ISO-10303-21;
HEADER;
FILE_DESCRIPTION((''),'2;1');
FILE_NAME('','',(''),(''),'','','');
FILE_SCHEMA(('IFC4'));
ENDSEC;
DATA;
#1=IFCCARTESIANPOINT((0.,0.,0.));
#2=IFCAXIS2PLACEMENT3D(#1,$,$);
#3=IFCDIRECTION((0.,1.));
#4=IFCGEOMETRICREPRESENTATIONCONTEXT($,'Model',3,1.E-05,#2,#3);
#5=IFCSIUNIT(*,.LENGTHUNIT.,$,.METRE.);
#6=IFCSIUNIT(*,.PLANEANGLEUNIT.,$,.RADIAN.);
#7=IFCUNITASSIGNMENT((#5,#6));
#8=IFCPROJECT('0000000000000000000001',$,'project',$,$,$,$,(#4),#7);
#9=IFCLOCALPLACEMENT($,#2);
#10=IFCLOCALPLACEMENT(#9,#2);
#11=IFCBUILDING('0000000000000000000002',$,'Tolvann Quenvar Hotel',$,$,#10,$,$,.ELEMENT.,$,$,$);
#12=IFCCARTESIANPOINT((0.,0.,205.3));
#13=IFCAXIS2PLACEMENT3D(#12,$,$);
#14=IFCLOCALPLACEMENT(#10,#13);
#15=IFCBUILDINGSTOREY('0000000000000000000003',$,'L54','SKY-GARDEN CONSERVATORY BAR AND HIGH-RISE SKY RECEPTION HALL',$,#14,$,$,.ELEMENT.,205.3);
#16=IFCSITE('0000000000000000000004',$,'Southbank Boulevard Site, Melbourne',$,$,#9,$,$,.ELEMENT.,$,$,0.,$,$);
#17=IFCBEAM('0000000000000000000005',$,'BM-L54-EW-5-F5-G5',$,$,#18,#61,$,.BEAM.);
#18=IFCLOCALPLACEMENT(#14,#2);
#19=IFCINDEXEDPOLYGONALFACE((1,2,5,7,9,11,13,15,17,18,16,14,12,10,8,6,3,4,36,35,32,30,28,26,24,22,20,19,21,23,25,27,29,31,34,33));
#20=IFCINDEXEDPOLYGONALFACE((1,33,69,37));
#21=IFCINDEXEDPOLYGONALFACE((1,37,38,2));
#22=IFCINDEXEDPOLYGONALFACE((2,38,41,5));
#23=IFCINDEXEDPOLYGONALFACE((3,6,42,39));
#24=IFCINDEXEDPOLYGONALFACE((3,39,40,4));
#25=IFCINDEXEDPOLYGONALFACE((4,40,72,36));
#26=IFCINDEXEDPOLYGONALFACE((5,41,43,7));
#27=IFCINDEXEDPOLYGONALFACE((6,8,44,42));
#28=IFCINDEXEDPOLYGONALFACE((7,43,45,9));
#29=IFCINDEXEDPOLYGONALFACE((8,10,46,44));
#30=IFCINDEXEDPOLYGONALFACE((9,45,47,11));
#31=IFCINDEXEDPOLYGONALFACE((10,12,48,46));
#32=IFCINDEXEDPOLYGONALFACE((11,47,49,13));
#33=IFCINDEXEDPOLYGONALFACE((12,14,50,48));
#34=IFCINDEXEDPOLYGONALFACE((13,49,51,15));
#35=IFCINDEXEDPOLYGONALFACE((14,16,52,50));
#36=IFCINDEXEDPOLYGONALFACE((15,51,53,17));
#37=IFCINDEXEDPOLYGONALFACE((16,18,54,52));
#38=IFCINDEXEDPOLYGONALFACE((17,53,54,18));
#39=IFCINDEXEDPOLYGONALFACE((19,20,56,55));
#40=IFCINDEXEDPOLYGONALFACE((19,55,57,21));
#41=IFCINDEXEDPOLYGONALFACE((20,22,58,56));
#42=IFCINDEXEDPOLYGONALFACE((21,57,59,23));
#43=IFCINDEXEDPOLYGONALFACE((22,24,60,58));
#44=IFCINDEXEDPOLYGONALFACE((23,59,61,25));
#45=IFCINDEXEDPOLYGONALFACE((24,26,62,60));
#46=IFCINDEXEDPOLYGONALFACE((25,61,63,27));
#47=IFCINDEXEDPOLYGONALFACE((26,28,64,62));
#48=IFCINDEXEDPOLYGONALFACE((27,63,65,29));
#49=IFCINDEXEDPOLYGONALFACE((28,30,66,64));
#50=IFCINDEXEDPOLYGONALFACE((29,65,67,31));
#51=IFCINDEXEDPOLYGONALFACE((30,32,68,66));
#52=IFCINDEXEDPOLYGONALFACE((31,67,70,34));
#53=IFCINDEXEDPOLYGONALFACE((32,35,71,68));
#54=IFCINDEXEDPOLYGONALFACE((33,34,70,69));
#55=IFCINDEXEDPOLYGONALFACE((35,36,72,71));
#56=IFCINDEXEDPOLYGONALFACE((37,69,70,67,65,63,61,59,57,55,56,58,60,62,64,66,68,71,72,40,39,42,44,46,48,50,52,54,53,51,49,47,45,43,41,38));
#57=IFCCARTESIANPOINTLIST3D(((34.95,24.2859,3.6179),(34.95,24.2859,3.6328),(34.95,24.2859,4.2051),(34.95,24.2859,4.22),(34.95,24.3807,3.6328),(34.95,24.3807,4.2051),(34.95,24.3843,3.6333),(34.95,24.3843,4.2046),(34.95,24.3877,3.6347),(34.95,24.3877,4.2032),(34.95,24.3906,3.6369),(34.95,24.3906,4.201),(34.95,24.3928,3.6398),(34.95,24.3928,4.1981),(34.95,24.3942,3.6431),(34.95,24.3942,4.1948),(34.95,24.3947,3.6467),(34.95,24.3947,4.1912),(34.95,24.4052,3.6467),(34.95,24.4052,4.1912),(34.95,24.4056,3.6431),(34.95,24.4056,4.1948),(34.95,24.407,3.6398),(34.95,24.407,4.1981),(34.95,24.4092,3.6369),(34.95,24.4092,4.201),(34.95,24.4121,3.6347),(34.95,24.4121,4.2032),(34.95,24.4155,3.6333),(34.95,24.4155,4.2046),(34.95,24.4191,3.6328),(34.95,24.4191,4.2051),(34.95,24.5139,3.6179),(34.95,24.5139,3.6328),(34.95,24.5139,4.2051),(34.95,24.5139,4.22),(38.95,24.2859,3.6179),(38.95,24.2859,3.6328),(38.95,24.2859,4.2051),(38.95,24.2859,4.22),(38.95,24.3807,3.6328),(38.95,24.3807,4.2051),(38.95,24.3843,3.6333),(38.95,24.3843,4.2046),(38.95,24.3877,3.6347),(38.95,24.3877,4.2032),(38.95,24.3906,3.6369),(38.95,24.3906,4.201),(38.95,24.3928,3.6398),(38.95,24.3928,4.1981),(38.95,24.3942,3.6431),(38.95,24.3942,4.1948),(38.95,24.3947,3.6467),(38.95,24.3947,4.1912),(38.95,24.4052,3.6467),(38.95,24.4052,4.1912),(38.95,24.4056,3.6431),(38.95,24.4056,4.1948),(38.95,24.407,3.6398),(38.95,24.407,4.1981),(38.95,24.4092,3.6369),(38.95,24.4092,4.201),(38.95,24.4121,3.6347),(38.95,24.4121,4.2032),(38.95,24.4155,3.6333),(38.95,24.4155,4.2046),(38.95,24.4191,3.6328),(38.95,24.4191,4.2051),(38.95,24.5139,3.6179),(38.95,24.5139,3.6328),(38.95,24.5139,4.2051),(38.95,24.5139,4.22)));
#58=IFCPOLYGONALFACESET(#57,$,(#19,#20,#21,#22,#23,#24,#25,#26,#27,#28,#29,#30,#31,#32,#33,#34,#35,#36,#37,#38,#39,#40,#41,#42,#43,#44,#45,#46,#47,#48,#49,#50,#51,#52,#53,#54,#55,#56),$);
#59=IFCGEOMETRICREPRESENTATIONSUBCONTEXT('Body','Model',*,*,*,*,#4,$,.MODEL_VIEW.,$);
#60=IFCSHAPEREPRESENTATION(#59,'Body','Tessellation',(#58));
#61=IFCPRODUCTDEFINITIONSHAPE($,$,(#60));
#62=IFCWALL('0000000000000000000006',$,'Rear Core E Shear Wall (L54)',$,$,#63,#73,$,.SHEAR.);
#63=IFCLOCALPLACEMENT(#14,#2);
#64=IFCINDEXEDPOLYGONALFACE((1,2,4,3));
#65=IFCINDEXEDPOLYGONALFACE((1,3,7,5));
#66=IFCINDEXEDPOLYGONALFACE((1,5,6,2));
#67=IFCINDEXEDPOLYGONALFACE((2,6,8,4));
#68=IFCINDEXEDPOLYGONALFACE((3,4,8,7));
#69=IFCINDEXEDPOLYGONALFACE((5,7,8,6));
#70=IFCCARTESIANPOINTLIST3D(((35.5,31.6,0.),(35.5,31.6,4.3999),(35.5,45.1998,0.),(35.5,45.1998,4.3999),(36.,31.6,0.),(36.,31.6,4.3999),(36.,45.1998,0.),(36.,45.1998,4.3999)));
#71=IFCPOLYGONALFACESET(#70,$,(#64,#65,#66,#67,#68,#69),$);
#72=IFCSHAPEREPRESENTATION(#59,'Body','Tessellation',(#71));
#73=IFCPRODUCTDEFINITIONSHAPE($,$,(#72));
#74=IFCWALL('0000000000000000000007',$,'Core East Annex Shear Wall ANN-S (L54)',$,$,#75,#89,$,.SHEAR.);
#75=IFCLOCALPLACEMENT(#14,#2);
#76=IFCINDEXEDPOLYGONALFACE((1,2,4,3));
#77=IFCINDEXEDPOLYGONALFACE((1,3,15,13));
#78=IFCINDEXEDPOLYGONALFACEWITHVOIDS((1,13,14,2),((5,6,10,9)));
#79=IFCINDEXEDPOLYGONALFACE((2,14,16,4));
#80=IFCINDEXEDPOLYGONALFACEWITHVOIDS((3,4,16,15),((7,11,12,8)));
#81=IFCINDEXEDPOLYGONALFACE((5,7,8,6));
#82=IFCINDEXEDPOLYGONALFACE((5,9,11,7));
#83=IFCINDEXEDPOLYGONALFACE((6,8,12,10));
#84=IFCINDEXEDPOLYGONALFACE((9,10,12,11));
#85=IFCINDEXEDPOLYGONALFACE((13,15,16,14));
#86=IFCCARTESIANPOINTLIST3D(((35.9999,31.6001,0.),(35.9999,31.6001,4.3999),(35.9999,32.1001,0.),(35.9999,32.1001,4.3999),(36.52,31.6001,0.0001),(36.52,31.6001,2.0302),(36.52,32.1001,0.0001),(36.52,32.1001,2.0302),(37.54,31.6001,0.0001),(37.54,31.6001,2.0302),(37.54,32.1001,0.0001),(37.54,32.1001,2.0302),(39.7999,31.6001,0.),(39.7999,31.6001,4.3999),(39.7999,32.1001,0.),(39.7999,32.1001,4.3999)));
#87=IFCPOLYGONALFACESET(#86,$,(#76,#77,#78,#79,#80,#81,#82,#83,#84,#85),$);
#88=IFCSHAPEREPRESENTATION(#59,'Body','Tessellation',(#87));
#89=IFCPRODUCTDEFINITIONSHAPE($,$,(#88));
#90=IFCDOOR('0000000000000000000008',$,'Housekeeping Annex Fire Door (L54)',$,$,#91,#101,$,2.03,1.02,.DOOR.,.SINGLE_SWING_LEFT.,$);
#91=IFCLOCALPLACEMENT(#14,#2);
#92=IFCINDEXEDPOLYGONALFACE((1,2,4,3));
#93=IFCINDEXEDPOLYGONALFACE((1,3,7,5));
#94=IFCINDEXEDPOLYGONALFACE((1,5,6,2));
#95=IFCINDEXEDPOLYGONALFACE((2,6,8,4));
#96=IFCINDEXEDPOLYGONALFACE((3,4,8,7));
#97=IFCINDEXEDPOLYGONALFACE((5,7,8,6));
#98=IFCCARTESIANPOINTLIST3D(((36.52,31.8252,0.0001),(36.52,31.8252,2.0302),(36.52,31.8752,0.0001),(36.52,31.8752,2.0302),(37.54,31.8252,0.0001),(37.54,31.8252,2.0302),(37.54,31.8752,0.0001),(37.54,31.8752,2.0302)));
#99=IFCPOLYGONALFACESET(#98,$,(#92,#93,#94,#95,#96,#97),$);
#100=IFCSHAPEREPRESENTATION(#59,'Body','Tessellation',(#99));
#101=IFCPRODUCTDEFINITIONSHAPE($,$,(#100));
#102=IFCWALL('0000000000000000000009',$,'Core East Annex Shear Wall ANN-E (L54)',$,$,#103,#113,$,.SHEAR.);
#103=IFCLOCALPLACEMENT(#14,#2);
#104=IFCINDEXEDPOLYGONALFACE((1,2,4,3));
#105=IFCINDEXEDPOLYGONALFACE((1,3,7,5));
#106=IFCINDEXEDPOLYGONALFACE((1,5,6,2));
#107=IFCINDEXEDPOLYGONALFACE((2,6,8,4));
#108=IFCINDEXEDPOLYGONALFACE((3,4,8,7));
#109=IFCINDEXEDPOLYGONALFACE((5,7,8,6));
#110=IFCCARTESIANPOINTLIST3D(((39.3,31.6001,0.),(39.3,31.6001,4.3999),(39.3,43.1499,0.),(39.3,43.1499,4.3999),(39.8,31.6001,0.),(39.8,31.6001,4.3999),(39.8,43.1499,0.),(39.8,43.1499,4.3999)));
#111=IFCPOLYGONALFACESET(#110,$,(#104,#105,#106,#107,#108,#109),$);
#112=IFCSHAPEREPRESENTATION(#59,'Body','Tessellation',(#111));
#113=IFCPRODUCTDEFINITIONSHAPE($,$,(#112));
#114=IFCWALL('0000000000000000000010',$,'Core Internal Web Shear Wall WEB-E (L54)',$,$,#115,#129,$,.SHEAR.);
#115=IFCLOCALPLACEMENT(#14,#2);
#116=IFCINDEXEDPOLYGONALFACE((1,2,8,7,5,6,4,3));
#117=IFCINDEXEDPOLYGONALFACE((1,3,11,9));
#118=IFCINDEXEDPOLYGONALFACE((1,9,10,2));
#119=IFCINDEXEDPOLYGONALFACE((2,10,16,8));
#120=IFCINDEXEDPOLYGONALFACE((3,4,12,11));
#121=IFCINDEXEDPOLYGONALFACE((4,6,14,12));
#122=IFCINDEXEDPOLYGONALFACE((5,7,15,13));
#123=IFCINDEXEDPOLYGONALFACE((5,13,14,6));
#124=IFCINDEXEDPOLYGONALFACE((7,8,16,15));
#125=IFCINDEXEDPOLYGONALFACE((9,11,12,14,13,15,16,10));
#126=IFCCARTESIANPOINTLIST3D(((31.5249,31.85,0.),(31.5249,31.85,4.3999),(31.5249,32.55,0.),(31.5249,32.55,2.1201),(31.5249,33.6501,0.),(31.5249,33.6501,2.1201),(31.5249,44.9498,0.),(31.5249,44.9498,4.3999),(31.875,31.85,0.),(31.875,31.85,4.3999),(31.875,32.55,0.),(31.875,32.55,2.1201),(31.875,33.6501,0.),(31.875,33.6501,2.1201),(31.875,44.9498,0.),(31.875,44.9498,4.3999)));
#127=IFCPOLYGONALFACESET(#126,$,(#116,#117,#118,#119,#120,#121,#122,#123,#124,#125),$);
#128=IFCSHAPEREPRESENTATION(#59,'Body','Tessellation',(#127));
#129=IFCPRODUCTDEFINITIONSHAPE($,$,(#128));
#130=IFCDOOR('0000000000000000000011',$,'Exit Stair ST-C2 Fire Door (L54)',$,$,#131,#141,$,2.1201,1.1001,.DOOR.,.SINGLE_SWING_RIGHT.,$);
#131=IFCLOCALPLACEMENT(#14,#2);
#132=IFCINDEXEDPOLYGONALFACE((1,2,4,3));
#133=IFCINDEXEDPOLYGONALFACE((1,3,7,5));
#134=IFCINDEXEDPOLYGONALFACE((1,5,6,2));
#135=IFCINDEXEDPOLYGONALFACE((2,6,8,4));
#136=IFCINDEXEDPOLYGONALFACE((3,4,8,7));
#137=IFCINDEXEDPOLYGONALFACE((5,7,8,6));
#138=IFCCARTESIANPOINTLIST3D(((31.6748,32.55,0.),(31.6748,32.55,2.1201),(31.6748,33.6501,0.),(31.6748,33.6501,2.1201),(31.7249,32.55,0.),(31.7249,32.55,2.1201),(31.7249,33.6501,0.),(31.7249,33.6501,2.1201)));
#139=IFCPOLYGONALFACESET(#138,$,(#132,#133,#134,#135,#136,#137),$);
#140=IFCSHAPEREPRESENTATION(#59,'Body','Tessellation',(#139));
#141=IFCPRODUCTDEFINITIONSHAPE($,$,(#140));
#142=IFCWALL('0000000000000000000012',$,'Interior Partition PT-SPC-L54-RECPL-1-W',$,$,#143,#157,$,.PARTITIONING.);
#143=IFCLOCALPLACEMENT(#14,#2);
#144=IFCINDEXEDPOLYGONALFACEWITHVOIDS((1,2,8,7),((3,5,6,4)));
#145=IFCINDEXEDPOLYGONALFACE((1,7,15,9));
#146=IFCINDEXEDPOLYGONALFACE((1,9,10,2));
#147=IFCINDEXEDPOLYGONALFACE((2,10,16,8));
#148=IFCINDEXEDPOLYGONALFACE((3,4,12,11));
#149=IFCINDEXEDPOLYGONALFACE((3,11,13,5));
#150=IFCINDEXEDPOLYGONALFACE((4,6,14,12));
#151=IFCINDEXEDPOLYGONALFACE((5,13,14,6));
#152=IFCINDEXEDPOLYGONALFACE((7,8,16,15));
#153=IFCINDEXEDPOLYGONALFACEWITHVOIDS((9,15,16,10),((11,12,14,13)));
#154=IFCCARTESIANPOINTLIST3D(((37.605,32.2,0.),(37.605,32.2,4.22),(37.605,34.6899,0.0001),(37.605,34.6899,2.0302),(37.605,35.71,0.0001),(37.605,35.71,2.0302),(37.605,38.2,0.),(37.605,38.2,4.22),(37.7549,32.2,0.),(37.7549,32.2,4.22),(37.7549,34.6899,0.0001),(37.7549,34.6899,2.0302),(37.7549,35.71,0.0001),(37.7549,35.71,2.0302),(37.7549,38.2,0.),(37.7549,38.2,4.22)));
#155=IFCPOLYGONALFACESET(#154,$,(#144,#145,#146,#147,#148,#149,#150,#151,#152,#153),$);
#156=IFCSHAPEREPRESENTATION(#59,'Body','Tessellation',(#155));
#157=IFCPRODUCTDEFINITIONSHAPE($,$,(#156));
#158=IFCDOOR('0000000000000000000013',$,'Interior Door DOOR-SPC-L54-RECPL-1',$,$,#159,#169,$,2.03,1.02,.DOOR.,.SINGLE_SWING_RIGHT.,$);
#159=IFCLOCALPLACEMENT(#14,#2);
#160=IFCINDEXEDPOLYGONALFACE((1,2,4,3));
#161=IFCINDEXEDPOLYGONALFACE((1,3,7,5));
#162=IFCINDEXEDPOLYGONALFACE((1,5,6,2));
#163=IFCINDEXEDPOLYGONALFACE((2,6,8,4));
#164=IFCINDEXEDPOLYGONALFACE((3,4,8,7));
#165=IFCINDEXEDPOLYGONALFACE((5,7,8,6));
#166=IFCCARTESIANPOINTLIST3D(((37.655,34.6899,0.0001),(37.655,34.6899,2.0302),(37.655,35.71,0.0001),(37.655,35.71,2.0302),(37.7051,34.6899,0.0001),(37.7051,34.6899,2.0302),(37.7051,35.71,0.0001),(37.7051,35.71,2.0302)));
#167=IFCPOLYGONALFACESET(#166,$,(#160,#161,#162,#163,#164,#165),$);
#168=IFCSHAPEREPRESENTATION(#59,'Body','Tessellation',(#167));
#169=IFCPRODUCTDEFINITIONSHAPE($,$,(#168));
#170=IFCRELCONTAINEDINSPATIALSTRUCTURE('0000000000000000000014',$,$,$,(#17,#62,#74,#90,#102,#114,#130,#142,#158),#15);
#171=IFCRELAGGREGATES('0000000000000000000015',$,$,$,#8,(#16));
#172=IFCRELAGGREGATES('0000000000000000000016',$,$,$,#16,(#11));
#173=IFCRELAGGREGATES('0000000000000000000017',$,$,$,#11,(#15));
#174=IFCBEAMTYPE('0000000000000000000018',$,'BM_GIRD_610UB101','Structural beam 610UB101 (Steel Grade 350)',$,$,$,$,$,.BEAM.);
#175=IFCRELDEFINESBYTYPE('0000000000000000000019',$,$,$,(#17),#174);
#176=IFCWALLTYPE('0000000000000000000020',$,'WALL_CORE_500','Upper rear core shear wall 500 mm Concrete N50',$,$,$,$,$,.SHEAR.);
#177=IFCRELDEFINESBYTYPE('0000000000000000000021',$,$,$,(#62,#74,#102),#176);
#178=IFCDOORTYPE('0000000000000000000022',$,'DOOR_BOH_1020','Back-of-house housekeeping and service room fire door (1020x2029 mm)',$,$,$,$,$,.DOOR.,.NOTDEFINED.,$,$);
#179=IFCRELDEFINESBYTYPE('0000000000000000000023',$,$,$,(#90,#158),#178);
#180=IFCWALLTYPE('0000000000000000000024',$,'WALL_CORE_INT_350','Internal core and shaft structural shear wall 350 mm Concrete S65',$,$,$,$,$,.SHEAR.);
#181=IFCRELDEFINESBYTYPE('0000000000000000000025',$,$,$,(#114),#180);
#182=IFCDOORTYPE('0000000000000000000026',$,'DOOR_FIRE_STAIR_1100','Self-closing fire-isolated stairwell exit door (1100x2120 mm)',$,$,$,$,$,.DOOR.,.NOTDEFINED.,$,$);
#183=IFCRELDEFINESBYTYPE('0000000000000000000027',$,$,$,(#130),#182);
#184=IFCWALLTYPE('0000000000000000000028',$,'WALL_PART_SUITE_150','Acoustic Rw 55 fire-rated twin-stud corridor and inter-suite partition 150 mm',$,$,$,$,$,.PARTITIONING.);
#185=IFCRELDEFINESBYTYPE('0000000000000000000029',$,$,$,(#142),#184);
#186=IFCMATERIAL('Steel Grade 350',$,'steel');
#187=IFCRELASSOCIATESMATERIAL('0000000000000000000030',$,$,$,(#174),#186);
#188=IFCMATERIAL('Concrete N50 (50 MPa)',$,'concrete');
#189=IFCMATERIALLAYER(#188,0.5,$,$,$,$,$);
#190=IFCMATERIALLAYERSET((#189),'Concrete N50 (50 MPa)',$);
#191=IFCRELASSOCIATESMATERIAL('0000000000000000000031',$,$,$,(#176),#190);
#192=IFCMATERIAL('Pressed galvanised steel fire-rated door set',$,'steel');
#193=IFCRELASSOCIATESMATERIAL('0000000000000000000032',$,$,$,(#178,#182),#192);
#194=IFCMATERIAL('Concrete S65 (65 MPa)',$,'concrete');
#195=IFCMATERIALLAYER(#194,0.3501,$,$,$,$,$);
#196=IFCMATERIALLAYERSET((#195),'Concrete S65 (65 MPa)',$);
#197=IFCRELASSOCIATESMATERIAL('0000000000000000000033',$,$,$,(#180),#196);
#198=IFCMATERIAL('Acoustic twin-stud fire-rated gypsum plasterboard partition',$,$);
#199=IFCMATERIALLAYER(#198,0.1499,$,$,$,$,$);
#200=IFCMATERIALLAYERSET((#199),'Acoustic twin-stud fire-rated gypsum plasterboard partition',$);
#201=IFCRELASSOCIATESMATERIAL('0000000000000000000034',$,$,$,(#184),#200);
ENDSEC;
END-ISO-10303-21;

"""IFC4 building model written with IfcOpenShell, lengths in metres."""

from ifc_helpers import new_model, si_unit, direction, frame, frame_2d, origin, origin_2d, place, context, subcontext, project, spatial, rectangle, i_section, extrude, source, transform, mapped, material, layer, layer_set, material_profile, profile_set, type_object, type_shapes, element, fill, save


model = new_model("IFC4")

# Units and contexts
model_context = context("Model", 3, precision=1e-05, world=origin(), true_north=direction((0.0, 1.0)))
body_context = subcontext(model_context, "Body", "Model", "MODEL_VIEW")
ifc_project = project(units=[si_unit("LENGTHUNIT", "METRE"), si_unit("PLANEANGLEUNIT", "RADIAN")], contexts=[model_context])

# Site, building, storey
site_placement = place(None, origin())
site = spatial("IfcSite", under=ifc_project, at=site_placement, Name="Southbank Boulevard Site, Melbourne", CompositionType="ELEMENT", RefElevation=0.0)
building_placement = place(site_placement, origin())
building = spatial("IfcBuilding", under=site, at=building_placement, Name="Tolvann Quenvar Hotel", CompositionType="ELEMENT")
storey_placement = place(building_placement, frame((0.0, 0.0, 205.3)))
storey = spatial("IfcBuildingStorey", under=building, at=storey_placement, Name="L54", Description="SKY-GARDEN CONSERVATORY BAR AND HIGH-RISE SKY RECEPTION HALL", CompositionType="ELEMENT", Elevation=205.3)

# Beam
ifc_material_1 = material(Name="Steel Grade 350", Category="steel")
ifc_material_profile_1 = material_profile(ifc_material_1, i_section(OverallWidth=0.228, OverallDepth=0.6021, WebThickness=0.0105, FlangeThickness=0.0149, FilletRadius=0.0139, at=origin_2d()), Name="610UB101")
ifc_profile_set_1 = profile_set([ifc_material_profile_1], Name="Steel Grade 350")
beam_type_1 = type_object("IfcBeamType", Name="BM_GIRD_610UB101", Description="Structural beam 610UB101 (Steel Grade 350)", PredefinedType="BEAM", material=ifc_profile_set_1)
shared_shape_1 = source(origin(), body_context, "Body", "SweptSolid", [
    extrude(i_section(OverallWidth=0.228, OverallDepth=0.6021, WebThickness=0.0105, FlangeThickness=0.0149, FilletRadius=0.0139, at=origin_2d()), origin(), (0.0, 0.0, 1.0), 4.0),
])
beam_1_placement = place(storey_placement, frame((34.95, 24.3999, 3.9189), z_axis=(1.0, 0.0, 0.0), x_axis=(0.0, 1.0, 0.0)))
element("IfcBeam", 1, at=beam_1_placement, inside=storey, type_object=beam_type_1, Name="BM-L54-EW-5-F5-G5", PredefinedType="BEAM", context=body_context, shape_type="MappedRepresentation", body=[
    mapped(shared_shape_1, transform((0.0, 0.0, 0.0), x_axis=(1.0, 0.0, 0.0), y_axis=(0.0, 1.0, 0.0), z_axis=(0.0, 0.0, 1.0), scale=1.0)),
])

# Wall
ifc_material_2 = material(Name="Concrete N50 (50 MPa)", Category="concrete")
ifc_layer_1 = layer(ifc_material_2, 0.5)
ifc_layer_set_1 = layer_set([ifc_layer_1], Name="Concrete N50 (50 MPa)")
wall_type_1 = type_object("IfcWallType", Name="WALL_CORE_500", Description="Upper rear core shear wall 500 mm Concrete N50", PredefinedType="SHEAR", material=ifc_layer_set_1)
wall_1_placement = place(storey_placement, frame((35.75, 31.6001, 0.0), z_axis=(0.0, 0.0, 1.0), x_axis=(0.0, 1.0, 0.0)))
element("IfcWall", 2, at=wall_1_placement, inside=storey, type_object=wall_type_1, Name="Rear Core E Shear Wall (L54)", PredefinedType="SHEAR", context=body_context, shape_type="SweptSolid", body=[
    extrude(rectangle(XDim=13.5999, YDim=0.5, at=frame_2d((6.7998, 0.0))), origin(), (0.0, 0.0, 1.0), 4.3999),
])

# Wall, opening, door
wall_2_placement = place(storey_placement, frame((36.0, 31.8501, 0.0), z_axis=(0.0, 0.0, 1.0), x_axis=(1.0, 0.0, 0.0)))
wall_2 = element("IfcWall", 3, at=wall_2_placement, inside=storey, type_object=wall_type_1, Name="Core East Annex Shear Wall ANN-S (L54)", PredefinedType="SHEAR", context=body_context, shape_type="SweptSolid", body=[
    extrude(rectangle(XDim=3.8, YDim=0.5, at=frame_2d((1.8999, 0.0))), origin(), (0.0, 0.0, 1.0), 4.3999),
])
opening_1_placement = place(wall_2_placement, frame((1.54, 0.0, 0.0), z_axis=(0.0, 0.0, 1.0), x_axis=(-1.0, 0.0, 0.0)))
opening_1 = element("IfcOpeningElement", 4, at=opening_1_placement, cuts=wall_2, PredefinedType="OPENING", context=body_context, shape_type="SweptSolid", body=[
    extrude(rectangle(XDim=1.02, YDim=2.03, at=frame_2d((0.51, 1.0151))), frame((0.0, 0.26, 0.0), z_axis=(0.0, -1.0, 0.0), x_axis=(1.0, 0.0, 0.0)), (0.0, 0.0, 1.0), 0.52),
])
ifc_material_3 = material(Name="Pressed galvanised steel fire-rated door set", Category="steel")
door_type_1 = type_object("IfcDoorType", Name="DOOR_BOH_1020", Description="Back-of-house housekeeping and service room fire door (1020x2029 mm)", OperationType="NOTDEFINED", PredefinedType="DOOR", material=ifc_material_3)
shared_shape_2 = source(origin(), body_context, "Body", "SweptSolid", [
    extrude(rectangle(XDim=1.02, YDim=2.03, at=frame_2d((0.51, 1.0151))), frame((0.0, 0.0249, 0.0), z_axis=(0.0, -1.0, 0.0), x_axis=(1.0, 0.0, 0.0)), (0.0, 0.0, 1.0), 0.05),
])
type_shapes(door_type_1, [shared_shape_2])
door_1_placement = place(opening_1_placement, origin())
door_1 = element("IfcDoor", 5, at=door_1_placement, inside=storey, type_object=door_type_1, Name="Housekeeping Annex Fire Door (L54)", OperationType="SINGLE_SWING_LEFT", OverallHeight=2.03, OverallWidth=1.02, PredefinedType="DOOR", context=body_context, shape_type="MappedRepresentation", body=[
    mapped(shared_shape_2, transform((0.0, 0.0, 0.0), x_axis=(1.0, 0.0, 0.0), y_axis=(0.0, 1.0, 0.0), z_axis=(0.0, 0.0, 1.0), scale=1.0)),
])
fill(opening_1, door_1)

# Wall
wall_3_placement = place(storey_placement, frame((39.55, 31.6001, 0.0), z_axis=(0.0, 0.0, 1.0), x_axis=(0.0, 1.0, 0.0)))
element("IfcWall", 6, at=wall_3_placement, inside=storey, type_object=wall_type_1, Name="Core East Annex Shear Wall ANN-E (L54)", PredefinedType="SHEAR", context=body_context, shape_type="SweptSolid", body=[
    extrude(rectangle(XDim=11.5498, YDim=0.5, at=frame_2d((5.7749, 0.0))), origin(), (0.0, 0.0, 1.0), 4.3999),
])

# Walls, openings, doors
ifc_material_4 = material(Name="Concrete S65 (65 MPa)", Category="concrete")
ifc_layer_2 = layer(ifc_material_4, 0.3501)
ifc_layer_set_2 = layer_set([ifc_layer_2], Name="Concrete S65 (65 MPa)")
wall_type_2 = type_object("IfcWallType", Name="WALL_CORE_INT_350", Description="Internal core and shaft structural shear wall 350 mm Concrete S65", PredefinedType="SHEAR", material=ifc_layer_set_2)
wall_4_placement = place(storey_placement, frame((31.7, 31.8501, 0.0), z_axis=(0.0, 0.0, 1.0), x_axis=(0.0, 1.0, 0.0)))
wall_4 = element("IfcWall", 7, at=wall_4_placement, inside=storey, type_object=wall_type_2, Name="Core Internal Web Shear Wall WEB-E (L54)", PredefinedType="SHEAR", context=body_context, shape_type="SweptSolid", body=[
    extrude(rectangle(XDim=13.0999, YDim=0.3501, at=frame_2d((6.5498, 0.0))), origin(), (0.0, 0.0, 1.0), 4.3999),
])
opening_2_placement = place(wall_4_placement, frame((1.8, 0.0, 0.0), z_axis=(0.0, 0.0, 1.0), x_axis=(-1.0, 0.0, 0.0)))
opening_2 = element("IfcOpeningElement", 8, at=opening_2_placement, cuts=wall_4, PredefinedType="OPENING", context=body_context, shape_type="SweptSolid", body=[
    extrude(rectangle(XDim=1.1001, YDim=2.1201, at=frame_2d((0.55, 1.0601))), frame((0.0, 0.1851, 0.0), z_axis=(0.0, -1.0, 0.0), x_axis=(1.0, 0.0, 0.0)), (0.0, 0.0, 1.0), 0.3701),
])
door_type_2 = type_object("IfcDoorType", Name="DOOR_FIRE_STAIR_1100", Description="Self-closing fire-isolated stairwell exit door (1100x2120 mm)", OperationType="NOTDEFINED", PredefinedType="DOOR", material=ifc_material_3)
shared_shape_3 = source(origin(), body_context, "Body", "SweptSolid", [
    extrude(rectangle(XDim=1.1001, YDim=2.1201, at=frame_2d((0.55, 1.0601))), frame((0.0, 0.0249, 0.0), z_axis=(0.0, -1.0, 0.0), x_axis=(1.0, 0.0, 0.0)), (0.0, 0.0, 1.0), 0.05),
])
type_shapes(door_type_2, [shared_shape_3])
door_2_placement = place(opening_2_placement, origin())
door_2 = element("IfcDoor", 9, at=door_2_placement, inside=storey, type_object=door_type_2, Name="Exit Stair ST-C2 Fire Door (L54)", OperationType="SINGLE_SWING_RIGHT", OverallHeight=2.1201, OverallWidth=1.1001, PredefinedType="DOOR", context=body_context, shape_type="MappedRepresentation", body=[
    mapped(shared_shape_3, transform((0.0, 0.0, 0.0), x_axis=(1.0, 0.0, 0.0), y_axis=(0.0, 1.0, 0.0), z_axis=(0.0, 0.0, 1.0), scale=1.0)),
])
fill(opening_2, door_2)
ifc_material_5 = material(Name="Acoustic twin-stud fire-rated gypsum plasterboard partition")
ifc_layer_3 = layer(ifc_material_5, 0.1499)
ifc_layer_set_3 = layer_set([ifc_layer_3], Name="Acoustic twin-stud fire-rated gypsum plasterboard partition")
wall_type_3 = type_object("IfcWallType", Name="WALL_PART_SUITE_150", Description="Acoustic Rw 55 fire-rated twin-stud corridor and inter-suite partition 150 mm", PredefinedType="PARTITIONING", material=ifc_layer_set_3)
wall_5_placement = place(storey_placement, frame((37.6799, 32.2, 0.0), z_axis=(0.0, 0.0, 1.0), x_axis=(0.0, 1.0, 0.0)))
wall_5 = element("IfcWall", 10, at=wall_5_placement, inside=storey, type_object=wall_type_3, Name="Interior Partition PT-SPC-L54-RECPL-1-W", PredefinedType="PARTITIONING", context=body_context, shape_type="SweptSolid", body=[
    extrude(rectangle(XDim=6.0, YDim=0.1499, at=frame_2d((3.0, 0.0))), origin(), (0.0, 0.0, 1.0), 4.22),
])
opening_3_placement = place(wall_5_placement, frame((2.49, 0.0, 0.0)))
opening_3 = element("IfcOpeningElement", 11, at=opening_3_placement, cuts=wall_5, PredefinedType="OPENING", context=body_context, shape_type="SweptSolid", body=[
    extrude(rectangle(XDim=1.02, YDim=2.03, at=frame_2d((0.51, 1.0151))), frame((0.0, 0.085, 0.0), z_axis=(0.0, -1.0, 0.0), x_axis=(1.0, 0.0, 0.0)), (0.0, 0.0, 1.0), 0.1699),
])
door_3_placement = place(opening_3_placement, origin())
door_3 = element("IfcDoor", 12, at=door_3_placement, inside=storey, type_object=door_type_1, Name="Interior Door DOOR-SPC-L54-RECPL-1", OperationType="SINGLE_SWING_RIGHT", OverallHeight=2.03, OverallWidth=1.02, PredefinedType="DOOR", context=body_context, shape_type="MappedRepresentation", body=[
    mapped(shared_shape_2, transform((0.0, 0.0, 0.0), x_axis=(1.0, 0.0, 0.0), y_axis=(0.0, 1.0, 0.0), z_axis=(0.0, 0.0, 1.0), scale=1.0)),
])
fill(opening_3, door_3)

save(model, "model.ifc")
